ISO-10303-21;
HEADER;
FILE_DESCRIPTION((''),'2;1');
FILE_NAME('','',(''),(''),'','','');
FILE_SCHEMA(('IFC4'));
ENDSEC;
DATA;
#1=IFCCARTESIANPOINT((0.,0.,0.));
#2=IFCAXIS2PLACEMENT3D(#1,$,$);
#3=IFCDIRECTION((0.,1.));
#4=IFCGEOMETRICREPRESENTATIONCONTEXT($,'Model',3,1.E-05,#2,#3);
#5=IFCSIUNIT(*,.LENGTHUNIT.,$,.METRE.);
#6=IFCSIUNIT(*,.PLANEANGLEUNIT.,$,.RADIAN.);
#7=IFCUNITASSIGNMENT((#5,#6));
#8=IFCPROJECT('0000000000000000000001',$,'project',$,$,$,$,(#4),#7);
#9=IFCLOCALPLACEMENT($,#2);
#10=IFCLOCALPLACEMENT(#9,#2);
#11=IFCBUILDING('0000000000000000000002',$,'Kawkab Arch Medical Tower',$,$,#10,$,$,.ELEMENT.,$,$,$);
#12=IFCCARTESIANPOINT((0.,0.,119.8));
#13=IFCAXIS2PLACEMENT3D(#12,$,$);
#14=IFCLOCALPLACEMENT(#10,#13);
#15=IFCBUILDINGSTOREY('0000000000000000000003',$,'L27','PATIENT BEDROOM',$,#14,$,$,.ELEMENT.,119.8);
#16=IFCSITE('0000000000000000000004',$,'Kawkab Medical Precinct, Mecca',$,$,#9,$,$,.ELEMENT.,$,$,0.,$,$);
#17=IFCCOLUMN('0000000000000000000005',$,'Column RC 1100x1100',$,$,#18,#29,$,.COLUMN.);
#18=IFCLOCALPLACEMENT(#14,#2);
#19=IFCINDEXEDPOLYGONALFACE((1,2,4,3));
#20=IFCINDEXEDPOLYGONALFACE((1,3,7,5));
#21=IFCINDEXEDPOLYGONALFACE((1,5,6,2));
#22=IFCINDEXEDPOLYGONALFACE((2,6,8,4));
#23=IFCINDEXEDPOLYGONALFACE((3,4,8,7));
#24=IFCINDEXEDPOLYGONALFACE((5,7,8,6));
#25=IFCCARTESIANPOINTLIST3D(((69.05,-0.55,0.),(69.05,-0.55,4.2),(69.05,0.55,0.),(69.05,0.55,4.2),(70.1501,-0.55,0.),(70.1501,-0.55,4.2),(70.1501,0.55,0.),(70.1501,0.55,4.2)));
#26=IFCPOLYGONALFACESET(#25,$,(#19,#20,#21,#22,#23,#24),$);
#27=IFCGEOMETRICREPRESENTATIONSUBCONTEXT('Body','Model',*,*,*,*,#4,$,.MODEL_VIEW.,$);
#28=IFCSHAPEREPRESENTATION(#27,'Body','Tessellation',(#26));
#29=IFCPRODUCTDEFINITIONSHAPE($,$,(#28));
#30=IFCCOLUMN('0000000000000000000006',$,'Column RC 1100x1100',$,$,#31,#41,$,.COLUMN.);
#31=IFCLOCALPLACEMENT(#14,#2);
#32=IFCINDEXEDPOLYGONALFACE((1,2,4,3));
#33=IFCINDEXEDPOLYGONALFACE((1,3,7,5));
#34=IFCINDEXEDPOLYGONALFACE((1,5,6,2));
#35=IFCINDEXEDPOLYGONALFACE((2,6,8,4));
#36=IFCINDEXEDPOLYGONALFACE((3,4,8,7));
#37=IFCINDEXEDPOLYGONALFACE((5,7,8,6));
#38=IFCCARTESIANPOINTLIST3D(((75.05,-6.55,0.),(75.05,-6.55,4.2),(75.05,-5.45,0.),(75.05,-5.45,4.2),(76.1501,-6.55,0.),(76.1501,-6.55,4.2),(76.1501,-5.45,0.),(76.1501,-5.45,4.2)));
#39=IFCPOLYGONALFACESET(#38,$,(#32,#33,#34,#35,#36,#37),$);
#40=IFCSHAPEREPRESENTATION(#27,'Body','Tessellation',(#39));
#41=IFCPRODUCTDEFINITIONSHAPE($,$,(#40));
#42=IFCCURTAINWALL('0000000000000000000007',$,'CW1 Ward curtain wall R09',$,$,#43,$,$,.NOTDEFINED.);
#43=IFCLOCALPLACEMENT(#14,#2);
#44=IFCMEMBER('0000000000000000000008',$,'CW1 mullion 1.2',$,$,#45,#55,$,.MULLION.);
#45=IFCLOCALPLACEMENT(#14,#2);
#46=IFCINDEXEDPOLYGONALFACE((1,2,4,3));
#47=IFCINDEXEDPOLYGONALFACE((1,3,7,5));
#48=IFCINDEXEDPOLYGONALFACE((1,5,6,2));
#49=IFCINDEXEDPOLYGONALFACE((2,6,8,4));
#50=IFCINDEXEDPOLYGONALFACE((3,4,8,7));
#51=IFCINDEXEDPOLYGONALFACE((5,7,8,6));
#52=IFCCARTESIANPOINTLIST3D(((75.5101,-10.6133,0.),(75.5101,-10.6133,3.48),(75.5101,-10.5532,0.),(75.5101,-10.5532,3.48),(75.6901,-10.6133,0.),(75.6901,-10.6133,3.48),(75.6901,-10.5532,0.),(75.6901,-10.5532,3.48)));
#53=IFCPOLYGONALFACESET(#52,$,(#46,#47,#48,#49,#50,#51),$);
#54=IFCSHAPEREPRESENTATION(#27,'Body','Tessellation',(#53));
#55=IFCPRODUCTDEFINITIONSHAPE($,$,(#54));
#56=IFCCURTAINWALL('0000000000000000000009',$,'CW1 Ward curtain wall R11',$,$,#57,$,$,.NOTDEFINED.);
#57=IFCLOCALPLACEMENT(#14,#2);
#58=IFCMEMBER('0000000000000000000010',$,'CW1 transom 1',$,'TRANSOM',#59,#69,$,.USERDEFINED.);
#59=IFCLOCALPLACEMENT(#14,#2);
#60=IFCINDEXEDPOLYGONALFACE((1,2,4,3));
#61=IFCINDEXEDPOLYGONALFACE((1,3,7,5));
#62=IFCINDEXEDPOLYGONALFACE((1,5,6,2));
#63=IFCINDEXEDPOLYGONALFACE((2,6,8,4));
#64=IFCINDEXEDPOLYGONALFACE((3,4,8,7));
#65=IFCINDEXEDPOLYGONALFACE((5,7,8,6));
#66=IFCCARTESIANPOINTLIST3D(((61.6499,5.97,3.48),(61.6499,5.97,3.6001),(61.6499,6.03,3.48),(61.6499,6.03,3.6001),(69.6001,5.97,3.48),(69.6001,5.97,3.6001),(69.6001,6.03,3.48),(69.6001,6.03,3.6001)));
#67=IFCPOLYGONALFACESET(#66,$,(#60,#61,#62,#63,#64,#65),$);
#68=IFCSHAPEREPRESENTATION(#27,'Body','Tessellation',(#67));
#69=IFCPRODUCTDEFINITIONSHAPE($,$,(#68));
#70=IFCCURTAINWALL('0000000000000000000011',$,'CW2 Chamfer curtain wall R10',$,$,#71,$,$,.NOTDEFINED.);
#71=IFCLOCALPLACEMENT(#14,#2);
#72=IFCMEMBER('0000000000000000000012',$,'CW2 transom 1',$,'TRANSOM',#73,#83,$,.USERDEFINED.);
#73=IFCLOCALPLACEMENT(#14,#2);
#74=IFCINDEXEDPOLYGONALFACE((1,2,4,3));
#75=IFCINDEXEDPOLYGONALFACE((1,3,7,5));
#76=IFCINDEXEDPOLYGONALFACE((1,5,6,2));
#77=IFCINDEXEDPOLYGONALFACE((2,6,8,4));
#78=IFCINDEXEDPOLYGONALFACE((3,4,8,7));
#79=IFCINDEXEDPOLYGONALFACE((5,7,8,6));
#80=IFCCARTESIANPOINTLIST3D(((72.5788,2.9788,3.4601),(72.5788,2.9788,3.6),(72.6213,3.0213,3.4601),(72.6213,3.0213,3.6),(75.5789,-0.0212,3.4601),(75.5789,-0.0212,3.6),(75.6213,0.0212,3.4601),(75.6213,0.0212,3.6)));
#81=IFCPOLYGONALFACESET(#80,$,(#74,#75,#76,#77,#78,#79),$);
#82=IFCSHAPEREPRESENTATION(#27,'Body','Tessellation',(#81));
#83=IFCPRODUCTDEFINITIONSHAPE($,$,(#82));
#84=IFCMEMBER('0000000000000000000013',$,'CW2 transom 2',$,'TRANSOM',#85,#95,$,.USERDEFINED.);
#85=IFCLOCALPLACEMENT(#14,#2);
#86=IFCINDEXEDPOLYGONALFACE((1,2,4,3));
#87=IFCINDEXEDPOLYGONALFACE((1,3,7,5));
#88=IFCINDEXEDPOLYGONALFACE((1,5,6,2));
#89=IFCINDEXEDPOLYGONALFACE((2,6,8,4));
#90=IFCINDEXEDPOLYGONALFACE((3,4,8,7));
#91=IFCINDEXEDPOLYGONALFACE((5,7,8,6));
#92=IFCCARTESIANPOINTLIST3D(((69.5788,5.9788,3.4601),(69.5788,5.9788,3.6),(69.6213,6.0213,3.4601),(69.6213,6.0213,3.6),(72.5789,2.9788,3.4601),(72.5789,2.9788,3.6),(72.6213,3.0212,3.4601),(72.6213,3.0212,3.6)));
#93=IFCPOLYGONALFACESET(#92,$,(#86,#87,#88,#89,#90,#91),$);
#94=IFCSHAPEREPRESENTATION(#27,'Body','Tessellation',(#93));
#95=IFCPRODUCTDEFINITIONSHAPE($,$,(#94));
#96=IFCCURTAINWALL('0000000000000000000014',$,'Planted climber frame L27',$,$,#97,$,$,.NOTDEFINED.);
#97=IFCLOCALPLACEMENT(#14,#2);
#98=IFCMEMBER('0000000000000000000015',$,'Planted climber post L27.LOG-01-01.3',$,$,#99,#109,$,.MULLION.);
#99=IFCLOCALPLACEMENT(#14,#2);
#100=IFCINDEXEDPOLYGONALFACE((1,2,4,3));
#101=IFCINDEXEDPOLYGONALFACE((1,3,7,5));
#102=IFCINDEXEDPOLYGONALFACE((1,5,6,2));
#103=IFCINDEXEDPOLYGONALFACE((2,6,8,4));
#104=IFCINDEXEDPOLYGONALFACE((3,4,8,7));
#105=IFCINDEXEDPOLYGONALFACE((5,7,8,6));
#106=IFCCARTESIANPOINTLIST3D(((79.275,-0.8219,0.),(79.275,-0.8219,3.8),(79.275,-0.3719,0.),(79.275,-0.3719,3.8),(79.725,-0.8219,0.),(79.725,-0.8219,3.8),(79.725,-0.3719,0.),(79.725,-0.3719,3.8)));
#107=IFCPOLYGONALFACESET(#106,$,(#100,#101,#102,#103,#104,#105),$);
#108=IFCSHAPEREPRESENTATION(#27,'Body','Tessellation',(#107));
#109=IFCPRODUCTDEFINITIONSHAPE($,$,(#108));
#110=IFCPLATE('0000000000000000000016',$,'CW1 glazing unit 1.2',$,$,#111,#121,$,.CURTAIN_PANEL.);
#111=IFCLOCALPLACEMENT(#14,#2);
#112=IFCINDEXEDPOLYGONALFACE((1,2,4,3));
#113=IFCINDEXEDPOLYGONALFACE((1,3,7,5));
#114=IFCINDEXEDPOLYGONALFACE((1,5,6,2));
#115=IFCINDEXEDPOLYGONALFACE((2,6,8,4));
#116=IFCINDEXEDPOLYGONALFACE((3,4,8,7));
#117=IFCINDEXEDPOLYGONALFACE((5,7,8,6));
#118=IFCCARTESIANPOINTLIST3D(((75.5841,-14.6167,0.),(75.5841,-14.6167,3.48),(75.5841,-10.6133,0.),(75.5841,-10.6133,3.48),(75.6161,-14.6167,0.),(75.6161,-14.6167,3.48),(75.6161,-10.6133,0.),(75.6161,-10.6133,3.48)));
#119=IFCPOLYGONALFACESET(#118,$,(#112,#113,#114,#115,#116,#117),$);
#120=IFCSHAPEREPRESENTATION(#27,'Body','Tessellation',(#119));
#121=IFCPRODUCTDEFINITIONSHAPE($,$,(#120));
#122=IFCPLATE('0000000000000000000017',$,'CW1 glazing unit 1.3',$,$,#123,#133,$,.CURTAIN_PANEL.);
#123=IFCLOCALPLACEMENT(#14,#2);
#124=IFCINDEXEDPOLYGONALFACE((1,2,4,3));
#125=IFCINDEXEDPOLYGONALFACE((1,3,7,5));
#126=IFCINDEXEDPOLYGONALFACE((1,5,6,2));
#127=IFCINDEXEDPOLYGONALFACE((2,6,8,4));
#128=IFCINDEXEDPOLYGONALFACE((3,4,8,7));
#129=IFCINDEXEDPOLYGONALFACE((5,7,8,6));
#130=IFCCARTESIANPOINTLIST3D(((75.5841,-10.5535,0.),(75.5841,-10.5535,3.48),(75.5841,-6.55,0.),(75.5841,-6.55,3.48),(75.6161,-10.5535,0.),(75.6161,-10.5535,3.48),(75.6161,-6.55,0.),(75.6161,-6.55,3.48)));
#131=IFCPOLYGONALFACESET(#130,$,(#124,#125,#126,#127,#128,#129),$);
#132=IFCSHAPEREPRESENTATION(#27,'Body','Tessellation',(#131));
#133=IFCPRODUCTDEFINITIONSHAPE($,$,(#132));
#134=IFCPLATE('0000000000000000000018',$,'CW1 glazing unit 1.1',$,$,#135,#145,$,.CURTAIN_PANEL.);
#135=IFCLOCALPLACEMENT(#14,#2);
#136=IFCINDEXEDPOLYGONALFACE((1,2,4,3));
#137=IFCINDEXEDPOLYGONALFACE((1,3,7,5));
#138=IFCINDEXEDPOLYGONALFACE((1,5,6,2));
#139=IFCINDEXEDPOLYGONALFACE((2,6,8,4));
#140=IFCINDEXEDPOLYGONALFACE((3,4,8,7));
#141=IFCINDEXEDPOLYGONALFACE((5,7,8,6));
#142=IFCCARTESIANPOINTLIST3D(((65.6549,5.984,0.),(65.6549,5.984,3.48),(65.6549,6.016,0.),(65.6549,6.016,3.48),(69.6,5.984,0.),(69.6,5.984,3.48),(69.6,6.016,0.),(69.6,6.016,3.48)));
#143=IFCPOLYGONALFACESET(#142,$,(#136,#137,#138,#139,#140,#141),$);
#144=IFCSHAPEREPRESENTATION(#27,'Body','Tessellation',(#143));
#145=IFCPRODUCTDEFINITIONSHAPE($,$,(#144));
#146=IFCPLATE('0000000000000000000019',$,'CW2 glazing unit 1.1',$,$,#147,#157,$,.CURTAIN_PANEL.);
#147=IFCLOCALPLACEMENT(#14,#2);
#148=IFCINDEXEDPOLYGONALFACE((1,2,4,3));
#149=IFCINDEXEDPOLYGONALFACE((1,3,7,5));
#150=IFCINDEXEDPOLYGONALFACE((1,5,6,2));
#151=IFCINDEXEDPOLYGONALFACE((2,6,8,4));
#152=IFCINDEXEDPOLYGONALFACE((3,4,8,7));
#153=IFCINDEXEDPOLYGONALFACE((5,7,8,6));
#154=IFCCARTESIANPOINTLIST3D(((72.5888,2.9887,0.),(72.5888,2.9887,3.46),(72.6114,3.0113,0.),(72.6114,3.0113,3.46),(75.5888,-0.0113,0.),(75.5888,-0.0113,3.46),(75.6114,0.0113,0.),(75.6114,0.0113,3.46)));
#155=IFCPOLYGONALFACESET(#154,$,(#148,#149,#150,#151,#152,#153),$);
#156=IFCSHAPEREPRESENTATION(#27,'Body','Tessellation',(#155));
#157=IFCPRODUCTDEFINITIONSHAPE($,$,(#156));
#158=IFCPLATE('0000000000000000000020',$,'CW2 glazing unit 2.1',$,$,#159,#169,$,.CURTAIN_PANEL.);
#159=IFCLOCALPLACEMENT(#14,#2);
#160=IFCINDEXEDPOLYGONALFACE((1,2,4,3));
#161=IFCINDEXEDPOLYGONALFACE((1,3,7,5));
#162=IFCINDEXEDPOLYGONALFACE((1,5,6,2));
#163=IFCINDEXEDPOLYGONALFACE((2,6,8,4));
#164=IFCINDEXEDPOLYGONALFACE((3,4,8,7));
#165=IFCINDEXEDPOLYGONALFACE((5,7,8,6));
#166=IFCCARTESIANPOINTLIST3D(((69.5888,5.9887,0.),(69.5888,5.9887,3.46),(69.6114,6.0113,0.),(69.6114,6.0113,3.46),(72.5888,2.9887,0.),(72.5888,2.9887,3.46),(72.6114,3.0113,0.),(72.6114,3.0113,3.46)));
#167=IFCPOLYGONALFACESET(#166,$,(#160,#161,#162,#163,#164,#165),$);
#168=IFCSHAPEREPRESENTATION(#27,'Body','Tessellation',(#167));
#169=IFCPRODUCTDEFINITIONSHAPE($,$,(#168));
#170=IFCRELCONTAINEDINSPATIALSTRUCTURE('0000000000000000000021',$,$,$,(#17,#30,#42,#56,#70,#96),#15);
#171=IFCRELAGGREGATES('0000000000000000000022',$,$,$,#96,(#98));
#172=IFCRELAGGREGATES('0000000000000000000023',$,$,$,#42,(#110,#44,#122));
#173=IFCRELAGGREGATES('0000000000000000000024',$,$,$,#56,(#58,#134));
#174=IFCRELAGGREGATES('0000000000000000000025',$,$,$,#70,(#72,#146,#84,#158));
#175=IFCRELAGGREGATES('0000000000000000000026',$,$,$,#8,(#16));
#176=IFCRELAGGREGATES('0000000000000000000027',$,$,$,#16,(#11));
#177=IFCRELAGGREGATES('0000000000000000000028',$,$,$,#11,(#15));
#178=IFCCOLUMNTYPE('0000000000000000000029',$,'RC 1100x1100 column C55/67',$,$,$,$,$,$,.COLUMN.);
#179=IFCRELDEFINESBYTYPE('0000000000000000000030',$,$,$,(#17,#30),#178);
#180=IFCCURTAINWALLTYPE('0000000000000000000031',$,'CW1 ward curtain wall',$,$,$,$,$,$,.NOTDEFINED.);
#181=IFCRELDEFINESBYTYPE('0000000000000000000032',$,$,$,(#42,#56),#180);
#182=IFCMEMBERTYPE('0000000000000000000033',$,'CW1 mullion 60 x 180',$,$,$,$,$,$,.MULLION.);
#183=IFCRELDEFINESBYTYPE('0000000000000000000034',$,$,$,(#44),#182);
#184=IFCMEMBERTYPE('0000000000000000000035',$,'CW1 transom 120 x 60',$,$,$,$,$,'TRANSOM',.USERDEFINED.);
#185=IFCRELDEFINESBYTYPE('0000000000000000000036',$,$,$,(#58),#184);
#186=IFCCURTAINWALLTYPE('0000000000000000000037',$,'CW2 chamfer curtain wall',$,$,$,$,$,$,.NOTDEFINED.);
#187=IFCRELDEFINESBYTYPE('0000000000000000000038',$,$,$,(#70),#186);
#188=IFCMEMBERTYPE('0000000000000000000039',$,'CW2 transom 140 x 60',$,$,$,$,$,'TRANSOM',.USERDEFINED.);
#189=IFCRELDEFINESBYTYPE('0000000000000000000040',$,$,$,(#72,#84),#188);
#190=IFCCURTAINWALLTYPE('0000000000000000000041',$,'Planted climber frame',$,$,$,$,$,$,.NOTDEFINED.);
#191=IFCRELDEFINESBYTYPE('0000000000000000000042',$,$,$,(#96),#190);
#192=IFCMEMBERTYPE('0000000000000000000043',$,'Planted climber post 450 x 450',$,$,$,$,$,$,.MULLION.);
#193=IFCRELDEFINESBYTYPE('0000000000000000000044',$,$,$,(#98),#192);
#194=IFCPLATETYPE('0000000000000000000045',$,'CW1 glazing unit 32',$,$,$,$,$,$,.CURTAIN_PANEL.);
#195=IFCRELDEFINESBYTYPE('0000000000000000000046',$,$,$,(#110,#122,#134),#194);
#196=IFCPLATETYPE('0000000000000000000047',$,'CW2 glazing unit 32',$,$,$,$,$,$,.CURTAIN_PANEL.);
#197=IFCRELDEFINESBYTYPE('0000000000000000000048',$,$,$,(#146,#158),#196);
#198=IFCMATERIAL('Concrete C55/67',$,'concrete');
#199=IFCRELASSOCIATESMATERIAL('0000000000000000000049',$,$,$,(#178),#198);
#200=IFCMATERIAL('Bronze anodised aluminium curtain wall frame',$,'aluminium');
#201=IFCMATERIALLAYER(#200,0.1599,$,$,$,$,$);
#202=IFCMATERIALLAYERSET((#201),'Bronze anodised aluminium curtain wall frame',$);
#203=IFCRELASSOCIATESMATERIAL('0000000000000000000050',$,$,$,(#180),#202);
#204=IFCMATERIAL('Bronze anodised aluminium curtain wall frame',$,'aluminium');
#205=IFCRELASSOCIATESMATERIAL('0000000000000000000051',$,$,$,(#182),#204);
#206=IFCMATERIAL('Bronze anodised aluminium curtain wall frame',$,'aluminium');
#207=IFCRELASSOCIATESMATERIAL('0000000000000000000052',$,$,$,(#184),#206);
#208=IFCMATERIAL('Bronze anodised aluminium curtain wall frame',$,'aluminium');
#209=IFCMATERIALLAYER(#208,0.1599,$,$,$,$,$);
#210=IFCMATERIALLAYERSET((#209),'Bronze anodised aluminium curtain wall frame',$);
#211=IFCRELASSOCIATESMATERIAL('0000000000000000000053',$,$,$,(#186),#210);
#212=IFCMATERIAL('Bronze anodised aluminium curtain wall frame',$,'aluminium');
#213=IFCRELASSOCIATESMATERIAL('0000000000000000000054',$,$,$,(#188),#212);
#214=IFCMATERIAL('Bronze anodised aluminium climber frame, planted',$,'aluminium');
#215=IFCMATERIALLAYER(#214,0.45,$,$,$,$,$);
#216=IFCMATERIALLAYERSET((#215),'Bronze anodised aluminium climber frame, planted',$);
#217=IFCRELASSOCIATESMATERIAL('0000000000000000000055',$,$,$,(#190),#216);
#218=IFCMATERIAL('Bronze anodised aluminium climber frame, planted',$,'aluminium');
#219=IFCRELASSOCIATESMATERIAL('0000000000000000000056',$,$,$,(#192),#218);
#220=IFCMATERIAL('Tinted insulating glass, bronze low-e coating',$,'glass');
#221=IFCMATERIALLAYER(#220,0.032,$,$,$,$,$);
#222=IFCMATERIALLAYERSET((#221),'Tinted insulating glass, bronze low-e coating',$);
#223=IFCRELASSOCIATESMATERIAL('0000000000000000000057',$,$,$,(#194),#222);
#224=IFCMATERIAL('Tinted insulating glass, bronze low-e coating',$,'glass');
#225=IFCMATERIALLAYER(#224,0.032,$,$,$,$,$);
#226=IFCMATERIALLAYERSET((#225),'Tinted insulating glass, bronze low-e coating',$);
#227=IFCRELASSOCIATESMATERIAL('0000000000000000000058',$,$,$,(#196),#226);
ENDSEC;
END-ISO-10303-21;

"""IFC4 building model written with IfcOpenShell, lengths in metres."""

from ifc_helpers import new_model, si_unit, direction, frame, origin, origin_2d, place, context, subcontext, project, spatial, rectangle, extrude, material, layer, layer_set, material_profile, profile_set, type_object, element, aggregate, save


model = new_model("IFC4")

# Units and contexts
model_context = context("Model", 3, precision=1e-05, world=origin(), true_north=direction((0.0, 1.0)))
body_context = subcontext(model_context, "Body", "Model", "MODEL_VIEW")
ifc_project = project(units=[si_unit("LENGTHUNIT", "METRE"), si_unit("PLANEANGLEUNIT", "RADIAN")], contexts=[model_context])

# Site, building, storey
site_placement = place(None, origin())
site = spatial("IfcSite", under=ifc_project, at=site_placement, Name="Kawkab Medical Precinct, Mecca", CompositionType="ELEMENT", RefElevation=0.0)
building_placement = place(site_placement, origin())
building = spatial("IfcBuilding", under=site, at=building_placement, Name="Kawkab Arch Medical Tower", CompositionType="ELEMENT")
storey_placement = place(building_placement, frame((0.0, 0.0, 119.8)))
storey = spatial("IfcBuildingStorey", under=building, at=storey_placement, Name="L27", Description="PATIENT BEDROOM", CompositionType="ELEMENT", Elevation=119.8)

# Columns
ifc_material_1 = material(Name="Concrete C55/67", Category="concrete")
ifc_material_profile_1 = material_profile(ifc_material_1, rectangle(XDim=1.1001, YDim=1.1001, at=origin_2d()), Name="RC 1100x1100")
ifc_profile_set_1 = profile_set([ifc_material_profile_1], Name="Concrete C55/67")
column_type = type_object("IfcColumnType", Name="RC 1100x1100 column C55/67", PredefinedType="COLUMN", material=ifc_profile_set_1)
for number, where, z_axis, x_axis, name in (
    (1, (69.6001, 0.0, 0.0), (0.0, 0.0, 1.0), (1.0, 0.0, 0.0), "Column RC 1100x1100"),
    (2, (75.6001, -6.0, 0.0), (0.0, 0.0, 1.0), (1.0, 0.0, 0.0), "Column RC 1100x1100"),
):
    element("IfcColumn", number, at=place(storey_placement, frame(where, z_axis=z_axis, x_axis=x_axis)), inside=storey, type_object=column_type, Name=name, PredefinedType="COLUMN", context=body_context, shape_type="SweptSolid", body=[
        extrude(rectangle(XDim=1.1001, YDim=1.1001, at=origin_2d()), origin(), (0.0, 0.0, 1.0), 4.2),
    ])

# Curtain walls, members
ifc_material_2 = material(Name="Bronze anodised aluminium curtain wall frame", Category="aluminium")
ifc_layer_1 = layer(ifc_material_2, 0.1599)
ifc_layer_set_1 = layer_set([ifc_layer_1], Name="Bronze anodised aluminium curtain wall frame")
curtain_wall_type_1 = type_object("IfcCurtainWallType", Name="CW1 ward curtain wall", PredefinedType="NOTDEFINED", material=ifc_layer_set_1)
placement = place(storey_placement, origin())
curtain_wall_1 = element("IfcCurtainWall", 3, at=placement, inside=storey, type_object=curtain_wall_type_1, Name="CW1 Ward curtain wall R09", PredefinedType="NOTDEFINED")
ifc_material_3 = material(Name="Bronze anodised aluminium curtain wall frame", Category="aluminium")
ifc_material_profile_2 = material_profile(ifc_material_3, rectangle(XDim=0.1799, YDim=0.0601, at=origin_2d()), Name="AL 60x180")
ifc_profile_set_2 = profile_set([ifc_material_profile_2], Name="Bronze anodised aluminium curtain wall frame")
member_type_1 = type_object("IfcMemberType", Name="CW1 mullion 60 x 180", PredefinedType="MULLION", material=ifc_profile_set_2)
member_1_placement = place(storey_placement, frame((75.6001, -10.5833, 0.0), z_axis=(0.0, 0.0, 1.0), x_axis=(-1.0, 0.0, 0.0)))
member_1 = element("IfcMember", 4, at=member_1_placement, type_object=member_type_1, Name="CW1 mullion 1.2", PredefinedType="MULLION", context=body_context, shape_type="SweptSolid", body=[
    extrude(rectangle(XDim=0.1799, YDim=0.0601, at=origin_2d()), origin(), (0.0, 0.0, 1.0), 3.48),
])
curtain_wall_2 = element("IfcCurtainWall", 5, at=placement, inside=storey, type_object=curtain_wall_type_1, Name="CW1 Ward curtain wall R11", PredefinedType="NOTDEFINED")
ifc_material_4 = material(Name="Bronze anodised aluminium curtain wall frame", Category="aluminium")
ifc_material_profile_3 = material_profile(ifc_material_4, rectangle(XDim=0.0601, YDim=0.1201, at=origin_2d()), Name="AL 60x120")
ifc_profile_set_3 = profile_set([ifc_material_profile_3], Name="Bronze anodised aluminium curtain wall frame")
member_type_2 = type_object("IfcMemberType", Name="CW1 transom 120 x 60", ElementType="TRANSOM", PredefinedType="USERDEFINED", material=ifc_profile_set_3)
member_2_placement = place(storey_placement, frame((69.6001, 6.0, 3.54), z_axis=(-1.0, 0.0, 0.0), x_axis=(0.0, -1.0, 0.0)))
member_2 = element("IfcMember", 6, at=member_2_placement, type_object=member_type_2, Name="CW1 transom 1", ObjectType="TRANSOM", PredefinedType="USERDEFINED", context=body_context, shape_type="SweptSolid", body=[
    extrude(rectangle(XDim=0.0601, YDim=0.1201, at=origin_2d()), origin(), (0.0, 0.0, 1.0), 7.9502),
])

# Curtain wall, members
ifc_material_5 = material(Name="Bronze anodised aluminium curtain wall frame", Category="aluminium")
ifc_layer_2 = layer(ifc_material_5, 0.1599)
ifc_layer_set_2 = layer_set([ifc_layer_2], Name="Bronze anodised aluminium curtain wall frame")
curtain_wall_type_2 = type_object("IfcCurtainWallType", Name="CW2 chamfer curtain wall", PredefinedType="NOTDEFINED", material=ifc_layer_set_2)
curtain_wall_3 = element("IfcCurtainWall", 7, at=placement, inside=storey, type_object=curtain_wall_type_2, Name="CW2 Chamfer curtain wall R10", PredefinedType="NOTDEFINED")
ifc_material_6 = material(Name="Bronze anodised aluminium curtain wall frame", Category="aluminium")
ifc_material_profile_4 = material_profile(ifc_material_6, rectangle(XDim=0.0601, YDim=0.1399, at=origin_2d()), Name="AL 60x140")
ifc_profile_set_4 = profile_set([ifc_material_profile_4], Name="Bronze anodised aluminium curtain wall frame")
member_type_3 = type_object("IfcMemberType", Name="CW2 transom 140 x 60", ElementType="TRANSOM", PredefinedType="USERDEFINED", material=ifc_profile_set_4)
member_3_placement = place(storey_placement, frame((75.6001, 0.0, 3.53), z_axis=(-0.707107, 0.707107, 0.0), x_axis=(-0.707107, -0.707107, 0.0)))
member_3 = element("IfcMember", 8, at=member_3_placement, type_object=member_type_3, Name="CW2 transom 1", ObjectType="TRANSOM", PredefinedType="USERDEFINED", context=body_context, shape_type="SweptSolid", body=[
    extrude(rectangle(XDim=0.0601, YDim=0.1399, at=origin_2d()), origin(), (0.0, 0.0, 1.0), 4.2427),
])
member_4_placement = place(storey_placement, frame((72.6001, 3.0, 3.53), z_axis=(-0.707107, 0.707107, 0.0), x_axis=(-0.707107, -0.707107, 0.0)))
member_4 = element("IfcMember", 9, at=member_4_placement, type_object=member_type_3, Name="CW2 transom 2", ObjectType="TRANSOM", PredefinedType="USERDEFINED", context=body_context, shape_type="SweptSolid", body=[
    extrude(rectangle(XDim=0.0601, YDim=0.1399, at=origin_2d()), origin(), (0.0, 0.0, 1.0), 4.2427),
])

# Curtain wall, member
ifc_material_7 = material(Name="Bronze anodised aluminium climber frame, planted", Category="aluminium")
ifc_layer_3 = layer(ifc_material_7, 0.45)
ifc_layer_set_3 = layer_set([ifc_layer_3], Name="Bronze anodised aluminium climber frame, planted")
curtain_wall_type_3 = type_object("IfcCurtainWallType", Name="Planted climber frame", PredefinedType="NOTDEFINED", material=ifc_layer_set_3)
curtain_wall_4 = element("IfcCurtainWall", 10, at=placement, inside=storey, type_object=curtain_wall_type_3, Name="Planted climber frame L27", PredefinedType="NOTDEFINED")
ifc_material_8 = material(Name="Bronze anodised aluminium climber frame, planted", Category="aluminium")
ifc_material_profile_5 = material_profile(ifc_material_8, rectangle(XDim=0.45, YDim=0.45, at=origin_2d()), Name="Post 450x450")
ifc_profile_set_5 = profile_set([ifc_material_profile_5], Name="Bronze anodised aluminium climber frame, planted")
member_type_4 = type_object("IfcMemberType", Name="Planted climber post 450 x 450", PredefinedType="MULLION", material=ifc_profile_set_5)
member_5_placement = place(storey_placement, frame((79.5, -0.5969, 0.0), z_axis=(0.0, 0.0, 1.0), x_axis=(1.0, 0.0, 0.0)))
member_5 = element("IfcMember", 11, at=member_5_placement, type_object=member_type_4, Name="Planted climber post L27.LOG-01-01.3", PredefinedType="MULLION", context=body_context, shape_type="SweptSolid", body=[
    extrude(rectangle(XDim=0.45, YDim=0.45, at=origin_2d()), origin(), (0.0, 0.0, 1.0), 3.8),
])
aggregate(curtain_wall_4, [member_5])

# Plates
ifc_material_9 = material(Name="Tinted insulating glass, bronze low-e coating", Category="glass")
ifc_layer_4 = layer(ifc_material_9, 0.032)
ifc_layer_set_4 = layer_set([ifc_layer_4], Name="Tinted insulating glass, bronze low-e coating")
plate_type_1 = type_object("IfcPlateType", Name="CW1 glazing unit 32", PredefinedType="CURTAIN_PANEL", material=ifc_layer_set_4)
plate_1_placement = place(storey_placement, frame((75.6001, -12.615, 0.0), z_axis=(0.0, 0.0, 1.0), x_axis=(0.0, 1.0, 0.0)))
plate_1 = element("IfcPlate", 12, at=plate_1_placement, type_object=plate_type_1, Name="CW1 glazing unit 1.2", PredefinedType="CURTAIN_PANEL", context=body_context, shape_type="SweptSolid", body=[
    extrude(rectangle(XDim=4.0034, YDim=0.032, at=origin_2d()), origin(), (0.0, 0.0, 1.0), 3.48),
])
plate_2_placement = place(storey_placement, frame((75.6001, -8.5518, 0.0), z_axis=(0.0, 0.0, 1.0), x_axis=(0.0, 1.0, 0.0)))
plate_2 = element("IfcPlate", 13, at=plate_2_placement, type_object=plate_type_1, Name="CW1 glazing unit 1.3", PredefinedType="CURTAIN_PANEL", context=body_context, shape_type="SweptSolid", body=[
    extrude(rectangle(XDim=4.0034, YDim=0.032, at=origin_2d()), origin(), (0.0, 0.0, 1.0), 3.48),
])
aggregate(curtain_wall_1, [plate_1, member_1, plate_2])
plate_3_placement = place(storey_placement, frame((67.6274, 6.0, 0.0), z_axis=(0.0, 0.0, 1.0), x_axis=(-1.0, 0.0, 0.0)))
plate_3 = element("IfcPlate", 14, at=plate_3_placement, type_object=plate_type_1, Name="CW1 glazing unit 1.1", PredefinedType="CURTAIN_PANEL", context=body_context, shape_type="SweptSolid", body=[
    extrude(rectangle(XDim=3.9451, YDim=0.032, at=origin_2d()), origin(), (0.0, 0.0, 1.0), 3.48),
])
aggregate(curtain_wall_2, [member_2, plate_3])
ifc_material_10 = material(Name="Tinted insulating glass, bronze low-e coating", Category="glass")
ifc_layer_5 = layer(ifc_material_10, 0.032)
ifc_layer_set_5 = layer_set([ifc_layer_5], Name="Tinted insulating glass, bronze low-e coating")
plate_type_2 = type_object("IfcPlateType", Name="CW2 glazing unit 32", PredefinedType="CURTAIN_PANEL", material=ifc_layer_set_5)
plate_4_placement = place(storey_placement, frame((74.1001, 1.5, 0.0), z_axis=(0.0, 0.0, 1.0), x_axis=(-0.707107, 0.707107, 0.0)))
plate_4 = element("IfcPlate", 15, at=plate_4_placement, type_object=plate_type_2, Name="CW2 glazing unit 1.1", PredefinedType="CURTAIN_PANEL", context=body_context, shape_type="SweptSolid", body=[
    extrude(rectangle(XDim=4.2427, YDim=0.032, at=origin_2d()), origin(), (0.0, 0.0, 1.0), 3.46),
])
plate_5_placement = place(storey_placement, frame((71.1001, 4.5, 0.0), z_axis=(0.0, 0.0, 1.0), x_axis=(-0.707107, 0.707107, 0.0)))
plate_5 = element("IfcPlate", 16, at=plate_5_placement, type_object=plate_type_2, Name="CW2 glazing unit 2.1", PredefinedType="CURTAIN_PANEL", context=body_context, shape_type="SweptSolid", body=[
    extrude(rectangle(XDim=4.2427, YDim=0.032, at=origin_2d()), origin(), (0.0, 0.0, 1.0), 3.46),
])
aggregate(curtain_wall_3, [member_3, plate_4, member_4, plate_5])

save(model, "model.ifc")
